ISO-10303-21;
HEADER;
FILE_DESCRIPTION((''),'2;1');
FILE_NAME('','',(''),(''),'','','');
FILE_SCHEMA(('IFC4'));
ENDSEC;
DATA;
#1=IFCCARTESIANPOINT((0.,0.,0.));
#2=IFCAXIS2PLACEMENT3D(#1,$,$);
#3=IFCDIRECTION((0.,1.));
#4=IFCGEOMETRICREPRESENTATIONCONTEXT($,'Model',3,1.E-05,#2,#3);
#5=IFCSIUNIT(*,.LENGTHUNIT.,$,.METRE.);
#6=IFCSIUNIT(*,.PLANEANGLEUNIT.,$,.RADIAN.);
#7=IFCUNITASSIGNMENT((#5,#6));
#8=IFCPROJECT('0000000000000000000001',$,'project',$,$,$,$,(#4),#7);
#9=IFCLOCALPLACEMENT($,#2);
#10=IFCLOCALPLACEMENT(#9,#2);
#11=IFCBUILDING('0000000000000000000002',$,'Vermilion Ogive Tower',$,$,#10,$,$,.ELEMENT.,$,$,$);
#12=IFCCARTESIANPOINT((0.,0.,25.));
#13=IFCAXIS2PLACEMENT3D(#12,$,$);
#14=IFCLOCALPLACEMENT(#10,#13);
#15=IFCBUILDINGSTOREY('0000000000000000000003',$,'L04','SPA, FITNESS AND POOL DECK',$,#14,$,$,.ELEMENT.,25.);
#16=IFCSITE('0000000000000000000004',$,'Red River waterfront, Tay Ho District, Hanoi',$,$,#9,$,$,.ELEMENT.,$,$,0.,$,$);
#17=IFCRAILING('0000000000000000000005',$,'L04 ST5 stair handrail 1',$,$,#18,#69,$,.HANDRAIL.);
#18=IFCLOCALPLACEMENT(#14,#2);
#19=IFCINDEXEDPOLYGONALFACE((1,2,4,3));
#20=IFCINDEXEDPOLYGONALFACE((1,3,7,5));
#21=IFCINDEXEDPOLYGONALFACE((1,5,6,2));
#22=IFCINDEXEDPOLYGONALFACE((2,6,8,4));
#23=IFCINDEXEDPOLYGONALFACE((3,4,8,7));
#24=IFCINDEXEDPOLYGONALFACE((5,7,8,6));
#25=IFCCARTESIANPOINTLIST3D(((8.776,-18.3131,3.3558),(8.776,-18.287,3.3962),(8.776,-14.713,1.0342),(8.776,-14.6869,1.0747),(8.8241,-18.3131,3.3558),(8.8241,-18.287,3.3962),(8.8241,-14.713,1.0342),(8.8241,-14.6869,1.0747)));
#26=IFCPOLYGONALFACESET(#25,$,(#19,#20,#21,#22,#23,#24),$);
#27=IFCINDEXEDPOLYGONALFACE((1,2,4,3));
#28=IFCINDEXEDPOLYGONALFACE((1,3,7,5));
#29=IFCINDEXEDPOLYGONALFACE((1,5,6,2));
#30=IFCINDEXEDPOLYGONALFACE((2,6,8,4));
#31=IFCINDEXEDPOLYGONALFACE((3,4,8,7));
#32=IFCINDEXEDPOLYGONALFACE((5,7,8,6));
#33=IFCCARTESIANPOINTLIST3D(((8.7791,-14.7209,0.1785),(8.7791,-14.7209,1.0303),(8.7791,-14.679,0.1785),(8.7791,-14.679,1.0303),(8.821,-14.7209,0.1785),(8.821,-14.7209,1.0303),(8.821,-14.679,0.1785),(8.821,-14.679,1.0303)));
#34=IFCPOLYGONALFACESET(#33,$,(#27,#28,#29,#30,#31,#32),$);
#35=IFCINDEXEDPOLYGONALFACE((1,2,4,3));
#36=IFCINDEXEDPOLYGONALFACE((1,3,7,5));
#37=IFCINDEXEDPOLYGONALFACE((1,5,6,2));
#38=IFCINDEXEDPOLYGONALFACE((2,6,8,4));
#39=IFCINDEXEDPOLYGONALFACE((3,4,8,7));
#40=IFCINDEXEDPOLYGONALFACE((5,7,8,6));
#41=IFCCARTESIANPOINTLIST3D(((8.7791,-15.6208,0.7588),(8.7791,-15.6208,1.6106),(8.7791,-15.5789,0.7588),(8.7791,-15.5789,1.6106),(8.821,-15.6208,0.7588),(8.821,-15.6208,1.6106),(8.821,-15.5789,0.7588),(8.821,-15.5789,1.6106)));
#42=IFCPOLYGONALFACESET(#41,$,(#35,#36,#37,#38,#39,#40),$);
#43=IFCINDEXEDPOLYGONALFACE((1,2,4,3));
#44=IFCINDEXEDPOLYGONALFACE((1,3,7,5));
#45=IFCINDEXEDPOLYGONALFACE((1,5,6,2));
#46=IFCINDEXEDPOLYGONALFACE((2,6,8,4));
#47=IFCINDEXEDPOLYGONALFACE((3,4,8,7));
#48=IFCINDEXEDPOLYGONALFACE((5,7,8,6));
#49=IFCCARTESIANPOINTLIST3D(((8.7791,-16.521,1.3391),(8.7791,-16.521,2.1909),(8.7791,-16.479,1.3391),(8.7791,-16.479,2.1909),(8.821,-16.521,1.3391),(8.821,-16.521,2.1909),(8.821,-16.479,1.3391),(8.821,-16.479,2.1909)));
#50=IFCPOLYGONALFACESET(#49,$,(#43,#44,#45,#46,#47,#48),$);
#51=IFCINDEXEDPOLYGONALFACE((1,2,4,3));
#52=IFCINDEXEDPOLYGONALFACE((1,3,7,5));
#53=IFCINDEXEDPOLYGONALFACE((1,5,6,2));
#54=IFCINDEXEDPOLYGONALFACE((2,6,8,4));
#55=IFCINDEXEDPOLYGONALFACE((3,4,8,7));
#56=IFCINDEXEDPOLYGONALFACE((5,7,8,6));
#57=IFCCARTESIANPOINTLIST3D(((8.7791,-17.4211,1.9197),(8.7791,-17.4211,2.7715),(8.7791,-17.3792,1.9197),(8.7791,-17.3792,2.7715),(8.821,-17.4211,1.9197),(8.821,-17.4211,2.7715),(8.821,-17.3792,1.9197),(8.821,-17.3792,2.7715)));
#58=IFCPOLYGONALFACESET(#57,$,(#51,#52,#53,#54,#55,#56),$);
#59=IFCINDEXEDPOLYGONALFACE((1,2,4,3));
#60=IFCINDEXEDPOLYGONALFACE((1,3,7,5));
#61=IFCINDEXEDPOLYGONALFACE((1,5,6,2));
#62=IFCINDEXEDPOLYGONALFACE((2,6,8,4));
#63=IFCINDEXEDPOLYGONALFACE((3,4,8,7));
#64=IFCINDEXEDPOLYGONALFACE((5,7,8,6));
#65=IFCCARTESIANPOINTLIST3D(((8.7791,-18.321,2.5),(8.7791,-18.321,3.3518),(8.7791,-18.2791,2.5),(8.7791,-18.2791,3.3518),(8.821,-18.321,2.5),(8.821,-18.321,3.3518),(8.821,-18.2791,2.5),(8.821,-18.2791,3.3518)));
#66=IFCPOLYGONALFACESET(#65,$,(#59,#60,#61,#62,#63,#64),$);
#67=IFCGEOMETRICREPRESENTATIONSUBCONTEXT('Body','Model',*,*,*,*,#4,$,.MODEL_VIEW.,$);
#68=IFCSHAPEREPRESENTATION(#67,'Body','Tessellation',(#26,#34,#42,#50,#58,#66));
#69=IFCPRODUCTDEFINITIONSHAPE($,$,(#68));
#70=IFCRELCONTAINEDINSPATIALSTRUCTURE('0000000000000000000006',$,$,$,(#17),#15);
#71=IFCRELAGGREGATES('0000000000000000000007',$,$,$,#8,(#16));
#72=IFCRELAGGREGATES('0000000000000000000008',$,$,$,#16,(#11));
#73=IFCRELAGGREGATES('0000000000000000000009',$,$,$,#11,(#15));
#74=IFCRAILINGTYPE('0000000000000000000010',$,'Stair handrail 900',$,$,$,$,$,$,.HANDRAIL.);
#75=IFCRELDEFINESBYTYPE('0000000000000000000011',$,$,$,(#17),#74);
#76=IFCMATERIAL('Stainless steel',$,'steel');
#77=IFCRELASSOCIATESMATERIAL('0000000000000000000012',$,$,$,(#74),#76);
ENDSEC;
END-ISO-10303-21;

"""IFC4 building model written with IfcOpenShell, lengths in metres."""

from ifc_helpers import new_model, si_unit, direction, frame, origin, origin_2d, place, context, subcontext, project, spatial, rectangle, extrude, material, type_object, element, save


model = new_model("IFC4")

# Units and contexts
model_context = context("Model", 3, precision=1e-05, world=origin(), true_north=direction((0.0, 1.0)))
body_context = subcontext(model_context, "Body", "Model", "MODEL_VIEW")
ifc_project = project(units=[si_unit("LENGTHUNIT", "METRE"), si_unit("PLANEANGLEUNIT", "RADIAN")], contexts=[model_context])

# Site, building, storey
site_placement = place(None, origin())
site = spatial("IfcSite", under=ifc_project, at=site_placement, Name="Red River waterfront, Tay Ho District, Hanoi", CompositionType="ELEMENT", RefElevation=0.0)
building_placement = place(site_placement, origin())
building = spatial("IfcBuilding", under=site, at=building_placement, Name="Vermilion Ogive Tower", CompositionType="ELEMENT")
storey_placement = place(building_placement, frame((0.0, 0.0, 25.0)))
storey = spatial("IfcBuildingStorey", under=building, at=storey_placement, Name="L04", Description="SPA, FITNESS AND POOL DECK", CompositionType="ELEMENT", Elevation=25.0)

# Railing
ifc_material_1 = material(Name="Stainless steel", Category="steel")
railing_type_1 = type_object("IfcRailingType", Name="Stair handrail 900", PredefinedType="HANDRAIL", material=ifc_material_1)
railing_1_placement = place(storey_placement, frame((8.8, -14.7, 0.1785)))
element("IfcRailing", 1, at=railing_1_placement, inside=storey, type_object=railing_type_1, Name="L04 ST5 stair handrail 1", PredefinedType="HANDRAIL", context=body_context, shape_type="SweptSolid", body=[
    extrude(rectangle(XDim=0.0481, YDim=0.0481, at=origin_2d()), frame((0.0, 0.0, 0.876), z_axis=(0.0, -0.840415, 0.541944), x_axis=(1.0, 0.0, 0.0)), (0.0, 0.0, 1.0), 4.2837),
    extrude(rectangle(XDim=0.042, YDim=0.042, at=origin_2d()), origin(), (0.0, 0.0, 1.0), 0.8518),
    extrude(rectangle(XDim=0.042, YDim=0.042, at=origin_2d()), frame((0.0, -0.8999, 0.5803)), (0.0, 0.0, 1.0), 0.8518),
    extrude(rectangle(XDim=0.042, YDim=0.042, at=origin_2d()), frame((0.0, -1.8, 1.1606)), (0.0, 0.0, 1.0), 0.8518),
    extrude(rectangle(XDim=0.042, YDim=0.042, at=origin_2d()), frame((0.0, -2.7002, 1.7412)), (0.0, 0.0, 1.0), 0.8518),
    extrude(rectangle(XDim=0.042, YDim=0.042, at=origin_2d()), frame((0.0, -3.6001, 2.3215)), (0.0, 0.0, 1.0), 0.8518),
])

save(model, "model.ifc")
